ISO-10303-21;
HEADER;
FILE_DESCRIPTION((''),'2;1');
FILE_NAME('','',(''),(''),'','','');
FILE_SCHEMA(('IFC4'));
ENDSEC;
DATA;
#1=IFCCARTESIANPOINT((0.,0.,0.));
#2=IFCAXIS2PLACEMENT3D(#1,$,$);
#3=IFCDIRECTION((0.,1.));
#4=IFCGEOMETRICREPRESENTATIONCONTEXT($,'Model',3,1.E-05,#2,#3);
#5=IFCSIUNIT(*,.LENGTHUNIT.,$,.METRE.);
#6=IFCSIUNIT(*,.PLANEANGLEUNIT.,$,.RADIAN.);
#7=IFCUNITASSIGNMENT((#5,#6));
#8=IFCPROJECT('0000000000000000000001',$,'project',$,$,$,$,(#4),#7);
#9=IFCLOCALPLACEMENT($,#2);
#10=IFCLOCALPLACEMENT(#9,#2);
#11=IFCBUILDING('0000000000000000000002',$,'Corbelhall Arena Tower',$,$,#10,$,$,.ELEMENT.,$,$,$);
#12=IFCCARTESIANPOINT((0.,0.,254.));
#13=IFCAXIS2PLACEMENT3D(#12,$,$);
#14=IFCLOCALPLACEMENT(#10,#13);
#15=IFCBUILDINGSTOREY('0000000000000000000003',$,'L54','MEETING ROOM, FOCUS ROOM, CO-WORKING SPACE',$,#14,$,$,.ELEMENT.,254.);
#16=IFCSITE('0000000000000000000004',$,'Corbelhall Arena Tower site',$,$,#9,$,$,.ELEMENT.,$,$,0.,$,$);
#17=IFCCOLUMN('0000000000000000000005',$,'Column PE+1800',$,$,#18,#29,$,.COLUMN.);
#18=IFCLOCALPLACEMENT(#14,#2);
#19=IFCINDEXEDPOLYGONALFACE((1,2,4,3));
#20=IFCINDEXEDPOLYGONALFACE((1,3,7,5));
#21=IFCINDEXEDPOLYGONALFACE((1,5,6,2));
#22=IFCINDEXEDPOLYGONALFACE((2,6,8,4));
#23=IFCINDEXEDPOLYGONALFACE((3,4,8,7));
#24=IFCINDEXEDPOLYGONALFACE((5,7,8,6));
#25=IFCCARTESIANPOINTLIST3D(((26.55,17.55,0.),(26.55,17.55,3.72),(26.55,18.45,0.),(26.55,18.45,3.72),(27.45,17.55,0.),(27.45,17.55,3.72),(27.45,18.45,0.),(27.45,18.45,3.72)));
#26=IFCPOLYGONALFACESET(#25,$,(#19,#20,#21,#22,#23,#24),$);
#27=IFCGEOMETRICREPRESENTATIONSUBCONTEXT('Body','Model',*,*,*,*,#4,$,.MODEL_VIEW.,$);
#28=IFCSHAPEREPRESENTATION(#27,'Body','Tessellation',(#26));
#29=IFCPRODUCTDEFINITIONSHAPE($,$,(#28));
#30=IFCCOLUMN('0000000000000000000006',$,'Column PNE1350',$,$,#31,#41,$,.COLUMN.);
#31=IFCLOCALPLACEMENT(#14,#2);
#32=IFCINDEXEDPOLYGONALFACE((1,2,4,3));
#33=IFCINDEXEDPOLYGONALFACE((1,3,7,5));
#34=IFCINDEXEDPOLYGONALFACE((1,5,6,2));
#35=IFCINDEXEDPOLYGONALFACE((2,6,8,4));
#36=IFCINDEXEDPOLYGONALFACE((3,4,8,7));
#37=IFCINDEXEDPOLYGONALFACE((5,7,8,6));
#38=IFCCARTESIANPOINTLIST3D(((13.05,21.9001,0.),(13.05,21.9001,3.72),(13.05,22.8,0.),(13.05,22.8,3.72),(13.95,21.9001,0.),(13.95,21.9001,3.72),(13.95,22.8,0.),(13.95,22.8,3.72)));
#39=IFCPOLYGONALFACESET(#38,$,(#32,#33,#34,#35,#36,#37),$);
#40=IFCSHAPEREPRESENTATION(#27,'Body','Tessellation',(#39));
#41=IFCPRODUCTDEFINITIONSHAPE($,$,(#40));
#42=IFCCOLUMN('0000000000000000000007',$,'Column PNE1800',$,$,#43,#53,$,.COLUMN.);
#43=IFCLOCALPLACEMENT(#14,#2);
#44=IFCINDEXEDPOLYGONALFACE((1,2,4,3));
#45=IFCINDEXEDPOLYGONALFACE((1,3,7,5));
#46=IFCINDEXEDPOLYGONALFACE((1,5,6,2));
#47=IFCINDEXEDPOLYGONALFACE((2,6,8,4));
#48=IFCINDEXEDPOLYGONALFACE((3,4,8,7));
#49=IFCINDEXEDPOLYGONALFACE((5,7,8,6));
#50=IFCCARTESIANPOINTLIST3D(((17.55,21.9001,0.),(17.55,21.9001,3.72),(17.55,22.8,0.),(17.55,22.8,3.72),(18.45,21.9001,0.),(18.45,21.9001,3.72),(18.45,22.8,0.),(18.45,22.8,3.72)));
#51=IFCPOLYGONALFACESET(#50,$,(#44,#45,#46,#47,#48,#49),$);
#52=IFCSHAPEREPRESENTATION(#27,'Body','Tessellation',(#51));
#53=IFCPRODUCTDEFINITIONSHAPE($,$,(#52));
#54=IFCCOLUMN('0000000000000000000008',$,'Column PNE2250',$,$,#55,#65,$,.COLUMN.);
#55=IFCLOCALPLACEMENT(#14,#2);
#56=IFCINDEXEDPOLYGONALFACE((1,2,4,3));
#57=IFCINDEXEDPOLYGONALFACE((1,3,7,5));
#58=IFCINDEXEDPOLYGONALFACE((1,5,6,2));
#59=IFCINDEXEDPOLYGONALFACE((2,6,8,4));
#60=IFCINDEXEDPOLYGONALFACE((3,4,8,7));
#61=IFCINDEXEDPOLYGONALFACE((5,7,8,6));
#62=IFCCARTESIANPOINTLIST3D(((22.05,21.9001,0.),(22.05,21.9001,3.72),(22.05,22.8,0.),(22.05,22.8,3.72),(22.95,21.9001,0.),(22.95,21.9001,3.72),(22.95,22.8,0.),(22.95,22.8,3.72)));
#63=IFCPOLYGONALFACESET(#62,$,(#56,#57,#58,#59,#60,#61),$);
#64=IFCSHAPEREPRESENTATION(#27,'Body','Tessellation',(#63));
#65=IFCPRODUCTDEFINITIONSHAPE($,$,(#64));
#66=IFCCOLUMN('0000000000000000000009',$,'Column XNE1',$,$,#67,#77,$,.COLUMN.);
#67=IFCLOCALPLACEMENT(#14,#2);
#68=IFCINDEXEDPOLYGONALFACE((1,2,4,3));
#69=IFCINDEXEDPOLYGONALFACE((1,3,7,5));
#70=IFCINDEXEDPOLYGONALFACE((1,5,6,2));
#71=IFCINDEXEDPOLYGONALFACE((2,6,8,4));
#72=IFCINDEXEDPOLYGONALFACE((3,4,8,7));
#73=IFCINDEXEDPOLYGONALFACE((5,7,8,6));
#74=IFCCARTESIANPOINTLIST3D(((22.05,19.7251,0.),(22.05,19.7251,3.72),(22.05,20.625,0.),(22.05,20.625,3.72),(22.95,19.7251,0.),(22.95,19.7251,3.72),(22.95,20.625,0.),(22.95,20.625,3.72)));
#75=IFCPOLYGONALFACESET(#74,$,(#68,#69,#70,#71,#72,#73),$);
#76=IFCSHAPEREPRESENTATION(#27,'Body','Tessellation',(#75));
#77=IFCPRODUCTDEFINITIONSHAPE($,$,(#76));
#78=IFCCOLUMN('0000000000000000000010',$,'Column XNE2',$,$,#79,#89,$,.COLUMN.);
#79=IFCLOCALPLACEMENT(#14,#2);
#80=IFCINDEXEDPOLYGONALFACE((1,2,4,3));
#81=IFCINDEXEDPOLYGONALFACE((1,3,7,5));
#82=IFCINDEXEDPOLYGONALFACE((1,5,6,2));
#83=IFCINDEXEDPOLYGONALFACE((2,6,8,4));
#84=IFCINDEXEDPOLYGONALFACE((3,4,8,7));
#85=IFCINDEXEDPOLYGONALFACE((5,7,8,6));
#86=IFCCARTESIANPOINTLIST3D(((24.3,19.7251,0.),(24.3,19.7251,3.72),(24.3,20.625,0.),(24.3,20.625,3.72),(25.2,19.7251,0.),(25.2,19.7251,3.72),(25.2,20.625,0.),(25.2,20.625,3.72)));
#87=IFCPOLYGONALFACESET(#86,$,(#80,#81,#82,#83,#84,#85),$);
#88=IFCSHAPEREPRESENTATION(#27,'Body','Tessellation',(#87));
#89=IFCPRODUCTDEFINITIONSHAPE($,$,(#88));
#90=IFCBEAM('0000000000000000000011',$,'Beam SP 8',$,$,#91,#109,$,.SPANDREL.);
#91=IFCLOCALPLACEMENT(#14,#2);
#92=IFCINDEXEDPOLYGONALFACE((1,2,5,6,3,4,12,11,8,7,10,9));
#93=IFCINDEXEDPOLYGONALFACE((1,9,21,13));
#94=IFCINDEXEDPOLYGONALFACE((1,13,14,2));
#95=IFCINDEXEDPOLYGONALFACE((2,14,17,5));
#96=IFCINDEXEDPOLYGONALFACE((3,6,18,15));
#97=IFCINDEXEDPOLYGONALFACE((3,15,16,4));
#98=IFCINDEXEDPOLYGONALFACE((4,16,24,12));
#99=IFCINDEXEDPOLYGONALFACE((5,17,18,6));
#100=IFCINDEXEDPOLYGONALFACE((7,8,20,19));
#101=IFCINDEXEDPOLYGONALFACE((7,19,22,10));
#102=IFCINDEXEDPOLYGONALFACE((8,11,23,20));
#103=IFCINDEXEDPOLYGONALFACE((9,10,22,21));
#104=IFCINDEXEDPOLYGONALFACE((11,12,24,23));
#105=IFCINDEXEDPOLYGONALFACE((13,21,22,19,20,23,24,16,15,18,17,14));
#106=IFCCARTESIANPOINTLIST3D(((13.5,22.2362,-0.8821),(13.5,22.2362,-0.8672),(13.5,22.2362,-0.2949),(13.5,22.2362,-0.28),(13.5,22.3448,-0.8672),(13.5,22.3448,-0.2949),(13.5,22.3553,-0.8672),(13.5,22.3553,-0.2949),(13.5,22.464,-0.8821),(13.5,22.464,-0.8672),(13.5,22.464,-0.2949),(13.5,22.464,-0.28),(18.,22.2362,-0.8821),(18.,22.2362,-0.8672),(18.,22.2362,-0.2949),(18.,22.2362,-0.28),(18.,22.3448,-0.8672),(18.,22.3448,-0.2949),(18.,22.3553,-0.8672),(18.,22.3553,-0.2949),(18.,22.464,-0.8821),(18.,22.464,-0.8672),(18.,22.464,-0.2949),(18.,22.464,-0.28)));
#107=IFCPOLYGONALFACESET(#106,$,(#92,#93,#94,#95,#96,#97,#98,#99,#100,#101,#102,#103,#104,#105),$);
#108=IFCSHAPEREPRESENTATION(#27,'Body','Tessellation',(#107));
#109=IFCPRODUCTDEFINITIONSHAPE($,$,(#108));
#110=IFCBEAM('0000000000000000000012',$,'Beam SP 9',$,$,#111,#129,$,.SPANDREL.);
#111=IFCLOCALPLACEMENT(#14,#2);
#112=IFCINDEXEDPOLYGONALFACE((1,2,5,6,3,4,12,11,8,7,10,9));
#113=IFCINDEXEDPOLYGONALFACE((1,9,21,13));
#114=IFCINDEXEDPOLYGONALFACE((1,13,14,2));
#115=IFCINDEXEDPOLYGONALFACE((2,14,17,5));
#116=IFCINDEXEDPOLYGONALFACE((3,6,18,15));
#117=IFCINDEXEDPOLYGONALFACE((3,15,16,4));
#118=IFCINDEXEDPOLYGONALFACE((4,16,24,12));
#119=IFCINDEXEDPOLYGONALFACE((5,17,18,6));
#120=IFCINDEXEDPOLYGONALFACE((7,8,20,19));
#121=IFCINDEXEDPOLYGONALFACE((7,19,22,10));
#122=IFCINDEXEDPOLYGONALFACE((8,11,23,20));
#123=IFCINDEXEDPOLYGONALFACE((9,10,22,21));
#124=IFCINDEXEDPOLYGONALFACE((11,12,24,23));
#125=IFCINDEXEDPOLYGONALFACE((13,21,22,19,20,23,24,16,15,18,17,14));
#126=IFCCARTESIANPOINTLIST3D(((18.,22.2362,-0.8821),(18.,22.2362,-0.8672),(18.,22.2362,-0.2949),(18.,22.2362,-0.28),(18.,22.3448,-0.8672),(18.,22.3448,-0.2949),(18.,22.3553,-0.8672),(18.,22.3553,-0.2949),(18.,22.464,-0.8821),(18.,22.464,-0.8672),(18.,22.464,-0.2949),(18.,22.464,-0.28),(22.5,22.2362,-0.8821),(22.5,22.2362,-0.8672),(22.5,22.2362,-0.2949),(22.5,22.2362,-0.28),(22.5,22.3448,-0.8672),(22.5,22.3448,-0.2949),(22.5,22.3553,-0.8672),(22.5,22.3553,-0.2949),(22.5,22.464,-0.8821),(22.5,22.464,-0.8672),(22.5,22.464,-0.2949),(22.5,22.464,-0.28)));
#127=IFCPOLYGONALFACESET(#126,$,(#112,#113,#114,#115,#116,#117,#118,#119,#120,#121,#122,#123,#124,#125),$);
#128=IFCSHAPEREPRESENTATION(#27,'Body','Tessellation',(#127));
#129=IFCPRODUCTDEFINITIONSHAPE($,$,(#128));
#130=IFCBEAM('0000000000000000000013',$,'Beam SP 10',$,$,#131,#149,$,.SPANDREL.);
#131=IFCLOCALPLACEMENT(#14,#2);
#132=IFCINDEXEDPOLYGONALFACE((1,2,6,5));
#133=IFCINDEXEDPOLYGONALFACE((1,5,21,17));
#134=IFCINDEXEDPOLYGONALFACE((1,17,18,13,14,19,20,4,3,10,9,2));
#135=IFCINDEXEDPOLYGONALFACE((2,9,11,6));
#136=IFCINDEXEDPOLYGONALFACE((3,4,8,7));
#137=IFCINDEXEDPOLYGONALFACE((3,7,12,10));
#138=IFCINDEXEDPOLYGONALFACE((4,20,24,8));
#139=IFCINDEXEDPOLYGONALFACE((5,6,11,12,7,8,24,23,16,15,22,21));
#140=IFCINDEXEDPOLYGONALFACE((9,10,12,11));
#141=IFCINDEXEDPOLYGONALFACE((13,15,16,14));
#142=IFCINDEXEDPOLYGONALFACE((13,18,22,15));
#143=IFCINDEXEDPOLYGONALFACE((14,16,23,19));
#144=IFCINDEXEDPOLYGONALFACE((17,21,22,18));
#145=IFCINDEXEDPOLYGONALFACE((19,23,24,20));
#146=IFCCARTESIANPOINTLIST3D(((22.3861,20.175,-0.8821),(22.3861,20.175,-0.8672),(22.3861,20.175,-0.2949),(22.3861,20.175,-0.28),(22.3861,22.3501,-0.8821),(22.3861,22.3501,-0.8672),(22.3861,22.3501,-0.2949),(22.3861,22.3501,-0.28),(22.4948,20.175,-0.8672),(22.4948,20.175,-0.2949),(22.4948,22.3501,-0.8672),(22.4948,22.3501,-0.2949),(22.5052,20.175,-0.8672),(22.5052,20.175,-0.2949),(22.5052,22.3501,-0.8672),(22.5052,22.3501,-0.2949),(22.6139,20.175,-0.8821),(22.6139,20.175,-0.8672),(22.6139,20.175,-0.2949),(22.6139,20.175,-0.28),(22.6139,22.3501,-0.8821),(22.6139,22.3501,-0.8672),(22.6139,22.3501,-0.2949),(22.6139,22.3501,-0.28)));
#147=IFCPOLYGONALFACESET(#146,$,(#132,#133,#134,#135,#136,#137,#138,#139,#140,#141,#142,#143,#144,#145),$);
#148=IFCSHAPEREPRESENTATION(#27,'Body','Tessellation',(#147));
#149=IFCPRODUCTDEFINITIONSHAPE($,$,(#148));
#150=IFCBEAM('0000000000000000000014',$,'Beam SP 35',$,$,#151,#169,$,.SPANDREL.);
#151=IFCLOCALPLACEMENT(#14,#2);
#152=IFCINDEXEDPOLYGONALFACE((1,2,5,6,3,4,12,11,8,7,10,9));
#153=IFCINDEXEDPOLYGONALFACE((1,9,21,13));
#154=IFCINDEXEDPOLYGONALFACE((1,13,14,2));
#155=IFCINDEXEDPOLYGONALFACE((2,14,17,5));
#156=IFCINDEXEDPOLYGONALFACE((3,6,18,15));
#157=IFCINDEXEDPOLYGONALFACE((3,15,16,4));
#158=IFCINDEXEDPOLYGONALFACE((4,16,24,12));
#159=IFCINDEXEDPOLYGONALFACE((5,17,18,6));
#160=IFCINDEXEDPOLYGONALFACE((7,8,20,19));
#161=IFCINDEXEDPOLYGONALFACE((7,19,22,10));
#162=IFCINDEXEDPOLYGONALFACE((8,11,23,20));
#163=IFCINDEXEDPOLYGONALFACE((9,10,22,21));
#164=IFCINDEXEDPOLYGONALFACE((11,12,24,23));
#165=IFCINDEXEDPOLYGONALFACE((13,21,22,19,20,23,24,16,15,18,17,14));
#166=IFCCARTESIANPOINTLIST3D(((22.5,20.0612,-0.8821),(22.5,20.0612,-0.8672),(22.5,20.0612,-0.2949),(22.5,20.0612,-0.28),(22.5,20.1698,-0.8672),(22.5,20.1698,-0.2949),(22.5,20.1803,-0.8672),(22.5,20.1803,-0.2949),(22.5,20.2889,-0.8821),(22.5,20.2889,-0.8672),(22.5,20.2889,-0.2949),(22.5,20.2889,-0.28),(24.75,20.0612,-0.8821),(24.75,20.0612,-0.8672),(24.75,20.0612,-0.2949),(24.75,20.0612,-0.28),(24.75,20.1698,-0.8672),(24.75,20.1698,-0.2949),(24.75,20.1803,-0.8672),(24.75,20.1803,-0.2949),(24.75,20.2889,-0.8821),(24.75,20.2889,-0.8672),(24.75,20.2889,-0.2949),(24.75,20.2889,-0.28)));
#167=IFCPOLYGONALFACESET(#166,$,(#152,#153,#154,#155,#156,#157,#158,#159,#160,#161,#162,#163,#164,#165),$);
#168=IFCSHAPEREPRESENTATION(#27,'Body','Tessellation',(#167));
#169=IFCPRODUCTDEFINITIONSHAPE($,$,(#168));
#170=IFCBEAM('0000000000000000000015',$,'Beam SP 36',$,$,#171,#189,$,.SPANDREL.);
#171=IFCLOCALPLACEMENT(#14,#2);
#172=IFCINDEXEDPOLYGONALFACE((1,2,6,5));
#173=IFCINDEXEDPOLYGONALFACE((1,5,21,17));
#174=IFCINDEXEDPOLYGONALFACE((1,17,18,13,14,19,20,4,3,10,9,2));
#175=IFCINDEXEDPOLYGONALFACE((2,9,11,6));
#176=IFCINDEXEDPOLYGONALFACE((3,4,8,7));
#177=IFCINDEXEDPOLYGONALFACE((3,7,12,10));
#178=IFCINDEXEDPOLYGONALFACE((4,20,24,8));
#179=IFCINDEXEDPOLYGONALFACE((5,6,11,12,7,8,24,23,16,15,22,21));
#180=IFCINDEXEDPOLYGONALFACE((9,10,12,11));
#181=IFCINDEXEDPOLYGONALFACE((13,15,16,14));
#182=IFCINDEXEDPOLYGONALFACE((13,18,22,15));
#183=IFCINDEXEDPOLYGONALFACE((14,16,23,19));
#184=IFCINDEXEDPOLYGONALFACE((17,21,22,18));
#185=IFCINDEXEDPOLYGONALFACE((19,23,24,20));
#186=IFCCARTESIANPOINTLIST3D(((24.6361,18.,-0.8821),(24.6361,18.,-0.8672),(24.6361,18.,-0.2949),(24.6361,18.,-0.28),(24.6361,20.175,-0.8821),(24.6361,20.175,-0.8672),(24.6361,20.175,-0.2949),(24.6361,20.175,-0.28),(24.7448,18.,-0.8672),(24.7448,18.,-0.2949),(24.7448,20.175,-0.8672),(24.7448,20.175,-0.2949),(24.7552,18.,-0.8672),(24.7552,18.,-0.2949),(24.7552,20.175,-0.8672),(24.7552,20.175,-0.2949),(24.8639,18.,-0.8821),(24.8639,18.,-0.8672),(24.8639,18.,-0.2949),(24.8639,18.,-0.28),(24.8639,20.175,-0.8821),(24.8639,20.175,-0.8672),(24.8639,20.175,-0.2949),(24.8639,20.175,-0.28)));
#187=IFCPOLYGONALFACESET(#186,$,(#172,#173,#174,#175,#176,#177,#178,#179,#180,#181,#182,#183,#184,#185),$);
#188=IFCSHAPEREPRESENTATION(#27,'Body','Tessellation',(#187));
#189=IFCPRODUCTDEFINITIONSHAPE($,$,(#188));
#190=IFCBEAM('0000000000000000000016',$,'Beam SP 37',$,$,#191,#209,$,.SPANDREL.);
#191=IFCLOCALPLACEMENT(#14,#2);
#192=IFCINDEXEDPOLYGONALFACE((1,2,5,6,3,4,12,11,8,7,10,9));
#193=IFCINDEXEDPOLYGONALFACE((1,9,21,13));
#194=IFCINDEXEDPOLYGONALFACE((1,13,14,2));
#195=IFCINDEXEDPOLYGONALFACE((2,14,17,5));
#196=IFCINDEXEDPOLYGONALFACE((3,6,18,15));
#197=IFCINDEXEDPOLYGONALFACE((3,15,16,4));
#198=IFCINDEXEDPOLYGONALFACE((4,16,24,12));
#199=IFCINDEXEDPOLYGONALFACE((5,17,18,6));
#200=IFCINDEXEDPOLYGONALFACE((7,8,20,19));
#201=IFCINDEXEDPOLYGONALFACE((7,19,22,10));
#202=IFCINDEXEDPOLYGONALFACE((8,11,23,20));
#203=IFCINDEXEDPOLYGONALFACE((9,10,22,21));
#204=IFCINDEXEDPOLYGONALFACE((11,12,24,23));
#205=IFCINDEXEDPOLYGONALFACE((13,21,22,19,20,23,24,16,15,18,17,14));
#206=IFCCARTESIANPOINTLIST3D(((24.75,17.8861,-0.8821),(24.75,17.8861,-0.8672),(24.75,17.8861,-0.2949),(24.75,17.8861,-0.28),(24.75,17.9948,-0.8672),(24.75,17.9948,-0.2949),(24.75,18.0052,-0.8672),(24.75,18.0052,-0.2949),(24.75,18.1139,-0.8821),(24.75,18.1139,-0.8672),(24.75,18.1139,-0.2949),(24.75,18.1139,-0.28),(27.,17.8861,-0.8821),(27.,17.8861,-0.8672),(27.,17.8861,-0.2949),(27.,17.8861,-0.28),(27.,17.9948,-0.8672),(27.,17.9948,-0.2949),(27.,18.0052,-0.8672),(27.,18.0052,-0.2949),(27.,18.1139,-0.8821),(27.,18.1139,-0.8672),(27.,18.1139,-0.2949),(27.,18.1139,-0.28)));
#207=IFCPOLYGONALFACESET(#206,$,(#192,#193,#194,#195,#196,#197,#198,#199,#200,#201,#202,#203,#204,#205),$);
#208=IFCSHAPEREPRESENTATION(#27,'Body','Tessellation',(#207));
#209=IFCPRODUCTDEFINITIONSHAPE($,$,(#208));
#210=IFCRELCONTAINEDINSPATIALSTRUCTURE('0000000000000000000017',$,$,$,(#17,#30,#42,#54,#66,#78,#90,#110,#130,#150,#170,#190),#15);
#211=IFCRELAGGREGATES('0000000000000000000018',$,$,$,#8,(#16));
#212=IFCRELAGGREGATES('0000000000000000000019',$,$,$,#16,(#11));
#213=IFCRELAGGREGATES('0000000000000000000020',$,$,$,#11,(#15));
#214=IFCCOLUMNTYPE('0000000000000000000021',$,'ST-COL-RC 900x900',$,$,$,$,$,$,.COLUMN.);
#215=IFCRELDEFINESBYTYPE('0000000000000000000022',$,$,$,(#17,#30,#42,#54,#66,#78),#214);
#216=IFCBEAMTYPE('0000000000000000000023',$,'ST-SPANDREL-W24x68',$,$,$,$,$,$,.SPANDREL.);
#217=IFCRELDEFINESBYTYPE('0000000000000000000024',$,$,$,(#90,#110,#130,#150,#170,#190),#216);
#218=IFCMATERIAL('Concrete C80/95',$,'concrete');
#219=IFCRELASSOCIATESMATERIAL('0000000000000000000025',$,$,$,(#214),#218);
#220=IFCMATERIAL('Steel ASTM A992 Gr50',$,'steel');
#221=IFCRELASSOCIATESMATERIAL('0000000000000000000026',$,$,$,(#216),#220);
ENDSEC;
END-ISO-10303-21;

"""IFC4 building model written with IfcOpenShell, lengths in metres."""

from ifc_helpers import new_model, si_unit, direction, frame, origin, origin_2d, place, context, subcontext, project, spatial, rectangle, i_section, extrude, material, material_profile, profile_set, type_object, element, save


model = new_model("IFC4")

# Units and contexts
model_context = context("Model", 3, precision=1e-05, world=origin(), true_north=direction((0.0, 1.0)))
body_context = subcontext(model_context, "Body", "Model", "MODEL_VIEW")
ifc_project = project(units=[si_unit("LENGTHUNIT", "METRE"), si_unit("PLANEANGLEUNIT", "RADIAN")], contexts=[model_context])

# Site, building, storey
site_placement = place(None, origin())
site = spatial("IfcSite", under=ifc_project, at=site_placement, Name="Corbelhall Arena Tower site", CompositionType="ELEMENT", RefElevation=0.0)
building_placement = place(site_placement, origin())
building = spatial("IfcBuilding", under=site, at=building_placement, Name="Corbelhall Arena Tower", CompositionType="ELEMENT")
storey_placement = place(building_placement, frame((0.0, 0.0, 254.0)))
storey = spatial("IfcBuildingStorey", under=building, at=storey_placement, Name="L54", Description="MEETING ROOM, FOCUS ROOM, CO-WORKING SPACE", CompositionType="ELEMENT", Elevation=254.0)

# Columns
ifc_material_1 = material(Name="Concrete C80/95", Category="concrete")
ifc_material_profile_1 = material_profile(ifc_material_1, rectangle(XDim=0.8999, YDim=0.8999, at=origin_2d()))
ifc_profile_set_1 = profile_set([ifc_material_profile_1], Name="Concrete C80/95")
column_type = type_object("IfcColumnType", Name="ST-COL-RC 900x900", PredefinedType="COLUMN", material=ifc_profile_set_1)
for number, where, z_axis, x_axis, name in (
    (1, (27.0, 18.0, 0.0), (0.0, 0.0, 1.0), (0.0, 1.0, 0.0), "Column PE+1800"),
    (2, (13.5, 22.3501, 0.0), (0.0, 0.0, 1.0), (1.0, 0.0, 0.0), "Column PNE1350"),
    (3, (18.0, 22.3501, 0.0), (0.0, 0.0, 1.0), (1.0, 0.0, 0.0), "Column PNE1800"),
    (4, (22.5, 22.3501, 0.0), (0.0, 0.0, 1.0), (1.0, 0.0, 0.0), "Column PNE2250"),
    (5, (22.5, 20.175, 0.0), (0.0, 0.0, 1.0), (1.0, 0.0, 0.0), "Column XNE1"),
    (6, (24.75, 20.175, 0.0), (0.0, 0.0, 1.0), (1.0, 0.0, 0.0), "Column XNE2"),
):
    element("IfcColumn", number, at=place(storey_placement, frame(where, z_axis=z_axis, x_axis=x_axis)), inside=storey, type_object=column_type, Name=name, PredefinedType="COLUMN", context=body_context, shape_type="SweptSolid", body=[
        extrude(rectangle(XDim=0.8999, YDim=0.8999, at=origin_2d()), origin(), (0.0, 0.0, 1.0), 3.72),
    ])

# Beams
ifc_material_2 = material(Name="Steel ASTM A992 Gr50", Category="steel")
ifc_material_profile_2 = material_profile(ifc_material_2, i_section(OverallWidth=0.2278, OverallDepth=0.6021, WebThickness=0.0105, FlangeThickness=0.0149, at=origin_2d()))
ifc_profile_set_2 = profile_set([ifc_material_profile_2], Name="Steel ASTM A992 Gr50")
beam_type_1 = type_object("IfcBeamType", Name="ST-SPANDREL-W24x68", PredefinedType="SPANDREL", material=ifc_profile_set_2)
for number, where, z_axis, x_axis, name in (
    (7, (13.5, 22.3501, -0.5811), (1.0, 0.0, 0.0), (0.0, 1.0, 0.0), "Beam SP 8"),
    (8, (18.0, 22.3501, -0.5811), (1.0, 0.0, 0.0), (0.0, 1.0, 0.0), "Beam SP 9"),
):
    element("IfcBeam", number, at=place(storey_placement, frame(where, z_axis=z_axis, x_axis=x_axis)), inside=storey, type_object=beam_type_1, Name=name, PredefinedType="SPANDREL", context=body_context, shape_type="SweptSolid", body=[
        extrude(i_section(OverallWidth=0.2278, OverallDepth=0.6021, WebThickness=0.0105, FlangeThickness=0.0149, at=origin_2d()), origin(), (0.0, 0.0, 1.0), 4.5),
    ])
beam_1_placement = place(storey_placement, frame((22.5, 22.3501, -0.5811), z_axis=(0.0, -1.0, 0.0), x_axis=(1.0, 0.0, 0.0)))
element("IfcBeam", 9, at=beam_1_placement, inside=storey, type_object=beam_type_1, Name="Beam SP 10", PredefinedType="SPANDREL", context=body_context, shape_type="SweptSolid", body=[
    extrude(i_section(OverallWidth=0.2278, OverallDepth=0.6021, WebThickness=0.0105, FlangeThickness=0.0149, at=origin_2d()), origin(), (0.0, 0.0, 1.0), 2.175),
])
beam_2_placement = place(storey_placement, frame((22.5, 20.175, -0.5811), z_axis=(1.0, 0.0, 0.0), x_axis=(0.0, 1.0, 0.0)))
element("IfcBeam", 10, at=beam_2_placement, inside=storey, type_object=beam_type_1, Name="Beam SP 35", PredefinedType="SPANDREL", context=body_context, shape_type="SweptSolid", body=[
    extrude(i_section(OverallWidth=0.2278, OverallDepth=0.6021, WebThickness=0.0105, FlangeThickness=0.0149, at=origin_2d()), origin(), (0.0, 0.0, 1.0), 2.25),
])
beam_3_placement = place(storey_placement, frame((24.75, 20.175, -0.5811), z_axis=(0.0, -1.0, 0.0), x_axis=(1.0, 0.0, 0.0)))
element("IfcBeam", 11, at=beam_3_placement, inside=storey, type_object=beam_type_1, Name="Beam SP 36", PredefinedType="SPANDREL", context=body_context, shape_type="SweptSolid", body=[
    extrude(i_section(OverallWidth=0.2278, OverallDepth=0.6021, WebThickness=0.0105, FlangeThickness=0.0149, at=origin_2d()), origin(), (0.0, 0.0, 1.0), 2.175),
])
beam_4_placement = place(storey_placement, frame((24.75, 18.0, -0.5811), z_axis=(1.0, 0.0, 0.0), x_axis=(0.0, 1.0, 0.0)))
element("IfcBeam", 12, at=beam_4_placement, inside=storey, type_object=beam_type_1, Name="Beam SP 37", PredefinedType="SPANDREL", context=body_context, shape_type="SweptSolid", body=[
    extrude(i_section(OverallWidth=0.2278, OverallDepth=0.6021, WebThickness=0.0105, FlangeThickness=0.0149, at=origin_2d()), origin(), (0.0, 0.0, 1.0), 2.25),
])

save(model, "model.ifc")
